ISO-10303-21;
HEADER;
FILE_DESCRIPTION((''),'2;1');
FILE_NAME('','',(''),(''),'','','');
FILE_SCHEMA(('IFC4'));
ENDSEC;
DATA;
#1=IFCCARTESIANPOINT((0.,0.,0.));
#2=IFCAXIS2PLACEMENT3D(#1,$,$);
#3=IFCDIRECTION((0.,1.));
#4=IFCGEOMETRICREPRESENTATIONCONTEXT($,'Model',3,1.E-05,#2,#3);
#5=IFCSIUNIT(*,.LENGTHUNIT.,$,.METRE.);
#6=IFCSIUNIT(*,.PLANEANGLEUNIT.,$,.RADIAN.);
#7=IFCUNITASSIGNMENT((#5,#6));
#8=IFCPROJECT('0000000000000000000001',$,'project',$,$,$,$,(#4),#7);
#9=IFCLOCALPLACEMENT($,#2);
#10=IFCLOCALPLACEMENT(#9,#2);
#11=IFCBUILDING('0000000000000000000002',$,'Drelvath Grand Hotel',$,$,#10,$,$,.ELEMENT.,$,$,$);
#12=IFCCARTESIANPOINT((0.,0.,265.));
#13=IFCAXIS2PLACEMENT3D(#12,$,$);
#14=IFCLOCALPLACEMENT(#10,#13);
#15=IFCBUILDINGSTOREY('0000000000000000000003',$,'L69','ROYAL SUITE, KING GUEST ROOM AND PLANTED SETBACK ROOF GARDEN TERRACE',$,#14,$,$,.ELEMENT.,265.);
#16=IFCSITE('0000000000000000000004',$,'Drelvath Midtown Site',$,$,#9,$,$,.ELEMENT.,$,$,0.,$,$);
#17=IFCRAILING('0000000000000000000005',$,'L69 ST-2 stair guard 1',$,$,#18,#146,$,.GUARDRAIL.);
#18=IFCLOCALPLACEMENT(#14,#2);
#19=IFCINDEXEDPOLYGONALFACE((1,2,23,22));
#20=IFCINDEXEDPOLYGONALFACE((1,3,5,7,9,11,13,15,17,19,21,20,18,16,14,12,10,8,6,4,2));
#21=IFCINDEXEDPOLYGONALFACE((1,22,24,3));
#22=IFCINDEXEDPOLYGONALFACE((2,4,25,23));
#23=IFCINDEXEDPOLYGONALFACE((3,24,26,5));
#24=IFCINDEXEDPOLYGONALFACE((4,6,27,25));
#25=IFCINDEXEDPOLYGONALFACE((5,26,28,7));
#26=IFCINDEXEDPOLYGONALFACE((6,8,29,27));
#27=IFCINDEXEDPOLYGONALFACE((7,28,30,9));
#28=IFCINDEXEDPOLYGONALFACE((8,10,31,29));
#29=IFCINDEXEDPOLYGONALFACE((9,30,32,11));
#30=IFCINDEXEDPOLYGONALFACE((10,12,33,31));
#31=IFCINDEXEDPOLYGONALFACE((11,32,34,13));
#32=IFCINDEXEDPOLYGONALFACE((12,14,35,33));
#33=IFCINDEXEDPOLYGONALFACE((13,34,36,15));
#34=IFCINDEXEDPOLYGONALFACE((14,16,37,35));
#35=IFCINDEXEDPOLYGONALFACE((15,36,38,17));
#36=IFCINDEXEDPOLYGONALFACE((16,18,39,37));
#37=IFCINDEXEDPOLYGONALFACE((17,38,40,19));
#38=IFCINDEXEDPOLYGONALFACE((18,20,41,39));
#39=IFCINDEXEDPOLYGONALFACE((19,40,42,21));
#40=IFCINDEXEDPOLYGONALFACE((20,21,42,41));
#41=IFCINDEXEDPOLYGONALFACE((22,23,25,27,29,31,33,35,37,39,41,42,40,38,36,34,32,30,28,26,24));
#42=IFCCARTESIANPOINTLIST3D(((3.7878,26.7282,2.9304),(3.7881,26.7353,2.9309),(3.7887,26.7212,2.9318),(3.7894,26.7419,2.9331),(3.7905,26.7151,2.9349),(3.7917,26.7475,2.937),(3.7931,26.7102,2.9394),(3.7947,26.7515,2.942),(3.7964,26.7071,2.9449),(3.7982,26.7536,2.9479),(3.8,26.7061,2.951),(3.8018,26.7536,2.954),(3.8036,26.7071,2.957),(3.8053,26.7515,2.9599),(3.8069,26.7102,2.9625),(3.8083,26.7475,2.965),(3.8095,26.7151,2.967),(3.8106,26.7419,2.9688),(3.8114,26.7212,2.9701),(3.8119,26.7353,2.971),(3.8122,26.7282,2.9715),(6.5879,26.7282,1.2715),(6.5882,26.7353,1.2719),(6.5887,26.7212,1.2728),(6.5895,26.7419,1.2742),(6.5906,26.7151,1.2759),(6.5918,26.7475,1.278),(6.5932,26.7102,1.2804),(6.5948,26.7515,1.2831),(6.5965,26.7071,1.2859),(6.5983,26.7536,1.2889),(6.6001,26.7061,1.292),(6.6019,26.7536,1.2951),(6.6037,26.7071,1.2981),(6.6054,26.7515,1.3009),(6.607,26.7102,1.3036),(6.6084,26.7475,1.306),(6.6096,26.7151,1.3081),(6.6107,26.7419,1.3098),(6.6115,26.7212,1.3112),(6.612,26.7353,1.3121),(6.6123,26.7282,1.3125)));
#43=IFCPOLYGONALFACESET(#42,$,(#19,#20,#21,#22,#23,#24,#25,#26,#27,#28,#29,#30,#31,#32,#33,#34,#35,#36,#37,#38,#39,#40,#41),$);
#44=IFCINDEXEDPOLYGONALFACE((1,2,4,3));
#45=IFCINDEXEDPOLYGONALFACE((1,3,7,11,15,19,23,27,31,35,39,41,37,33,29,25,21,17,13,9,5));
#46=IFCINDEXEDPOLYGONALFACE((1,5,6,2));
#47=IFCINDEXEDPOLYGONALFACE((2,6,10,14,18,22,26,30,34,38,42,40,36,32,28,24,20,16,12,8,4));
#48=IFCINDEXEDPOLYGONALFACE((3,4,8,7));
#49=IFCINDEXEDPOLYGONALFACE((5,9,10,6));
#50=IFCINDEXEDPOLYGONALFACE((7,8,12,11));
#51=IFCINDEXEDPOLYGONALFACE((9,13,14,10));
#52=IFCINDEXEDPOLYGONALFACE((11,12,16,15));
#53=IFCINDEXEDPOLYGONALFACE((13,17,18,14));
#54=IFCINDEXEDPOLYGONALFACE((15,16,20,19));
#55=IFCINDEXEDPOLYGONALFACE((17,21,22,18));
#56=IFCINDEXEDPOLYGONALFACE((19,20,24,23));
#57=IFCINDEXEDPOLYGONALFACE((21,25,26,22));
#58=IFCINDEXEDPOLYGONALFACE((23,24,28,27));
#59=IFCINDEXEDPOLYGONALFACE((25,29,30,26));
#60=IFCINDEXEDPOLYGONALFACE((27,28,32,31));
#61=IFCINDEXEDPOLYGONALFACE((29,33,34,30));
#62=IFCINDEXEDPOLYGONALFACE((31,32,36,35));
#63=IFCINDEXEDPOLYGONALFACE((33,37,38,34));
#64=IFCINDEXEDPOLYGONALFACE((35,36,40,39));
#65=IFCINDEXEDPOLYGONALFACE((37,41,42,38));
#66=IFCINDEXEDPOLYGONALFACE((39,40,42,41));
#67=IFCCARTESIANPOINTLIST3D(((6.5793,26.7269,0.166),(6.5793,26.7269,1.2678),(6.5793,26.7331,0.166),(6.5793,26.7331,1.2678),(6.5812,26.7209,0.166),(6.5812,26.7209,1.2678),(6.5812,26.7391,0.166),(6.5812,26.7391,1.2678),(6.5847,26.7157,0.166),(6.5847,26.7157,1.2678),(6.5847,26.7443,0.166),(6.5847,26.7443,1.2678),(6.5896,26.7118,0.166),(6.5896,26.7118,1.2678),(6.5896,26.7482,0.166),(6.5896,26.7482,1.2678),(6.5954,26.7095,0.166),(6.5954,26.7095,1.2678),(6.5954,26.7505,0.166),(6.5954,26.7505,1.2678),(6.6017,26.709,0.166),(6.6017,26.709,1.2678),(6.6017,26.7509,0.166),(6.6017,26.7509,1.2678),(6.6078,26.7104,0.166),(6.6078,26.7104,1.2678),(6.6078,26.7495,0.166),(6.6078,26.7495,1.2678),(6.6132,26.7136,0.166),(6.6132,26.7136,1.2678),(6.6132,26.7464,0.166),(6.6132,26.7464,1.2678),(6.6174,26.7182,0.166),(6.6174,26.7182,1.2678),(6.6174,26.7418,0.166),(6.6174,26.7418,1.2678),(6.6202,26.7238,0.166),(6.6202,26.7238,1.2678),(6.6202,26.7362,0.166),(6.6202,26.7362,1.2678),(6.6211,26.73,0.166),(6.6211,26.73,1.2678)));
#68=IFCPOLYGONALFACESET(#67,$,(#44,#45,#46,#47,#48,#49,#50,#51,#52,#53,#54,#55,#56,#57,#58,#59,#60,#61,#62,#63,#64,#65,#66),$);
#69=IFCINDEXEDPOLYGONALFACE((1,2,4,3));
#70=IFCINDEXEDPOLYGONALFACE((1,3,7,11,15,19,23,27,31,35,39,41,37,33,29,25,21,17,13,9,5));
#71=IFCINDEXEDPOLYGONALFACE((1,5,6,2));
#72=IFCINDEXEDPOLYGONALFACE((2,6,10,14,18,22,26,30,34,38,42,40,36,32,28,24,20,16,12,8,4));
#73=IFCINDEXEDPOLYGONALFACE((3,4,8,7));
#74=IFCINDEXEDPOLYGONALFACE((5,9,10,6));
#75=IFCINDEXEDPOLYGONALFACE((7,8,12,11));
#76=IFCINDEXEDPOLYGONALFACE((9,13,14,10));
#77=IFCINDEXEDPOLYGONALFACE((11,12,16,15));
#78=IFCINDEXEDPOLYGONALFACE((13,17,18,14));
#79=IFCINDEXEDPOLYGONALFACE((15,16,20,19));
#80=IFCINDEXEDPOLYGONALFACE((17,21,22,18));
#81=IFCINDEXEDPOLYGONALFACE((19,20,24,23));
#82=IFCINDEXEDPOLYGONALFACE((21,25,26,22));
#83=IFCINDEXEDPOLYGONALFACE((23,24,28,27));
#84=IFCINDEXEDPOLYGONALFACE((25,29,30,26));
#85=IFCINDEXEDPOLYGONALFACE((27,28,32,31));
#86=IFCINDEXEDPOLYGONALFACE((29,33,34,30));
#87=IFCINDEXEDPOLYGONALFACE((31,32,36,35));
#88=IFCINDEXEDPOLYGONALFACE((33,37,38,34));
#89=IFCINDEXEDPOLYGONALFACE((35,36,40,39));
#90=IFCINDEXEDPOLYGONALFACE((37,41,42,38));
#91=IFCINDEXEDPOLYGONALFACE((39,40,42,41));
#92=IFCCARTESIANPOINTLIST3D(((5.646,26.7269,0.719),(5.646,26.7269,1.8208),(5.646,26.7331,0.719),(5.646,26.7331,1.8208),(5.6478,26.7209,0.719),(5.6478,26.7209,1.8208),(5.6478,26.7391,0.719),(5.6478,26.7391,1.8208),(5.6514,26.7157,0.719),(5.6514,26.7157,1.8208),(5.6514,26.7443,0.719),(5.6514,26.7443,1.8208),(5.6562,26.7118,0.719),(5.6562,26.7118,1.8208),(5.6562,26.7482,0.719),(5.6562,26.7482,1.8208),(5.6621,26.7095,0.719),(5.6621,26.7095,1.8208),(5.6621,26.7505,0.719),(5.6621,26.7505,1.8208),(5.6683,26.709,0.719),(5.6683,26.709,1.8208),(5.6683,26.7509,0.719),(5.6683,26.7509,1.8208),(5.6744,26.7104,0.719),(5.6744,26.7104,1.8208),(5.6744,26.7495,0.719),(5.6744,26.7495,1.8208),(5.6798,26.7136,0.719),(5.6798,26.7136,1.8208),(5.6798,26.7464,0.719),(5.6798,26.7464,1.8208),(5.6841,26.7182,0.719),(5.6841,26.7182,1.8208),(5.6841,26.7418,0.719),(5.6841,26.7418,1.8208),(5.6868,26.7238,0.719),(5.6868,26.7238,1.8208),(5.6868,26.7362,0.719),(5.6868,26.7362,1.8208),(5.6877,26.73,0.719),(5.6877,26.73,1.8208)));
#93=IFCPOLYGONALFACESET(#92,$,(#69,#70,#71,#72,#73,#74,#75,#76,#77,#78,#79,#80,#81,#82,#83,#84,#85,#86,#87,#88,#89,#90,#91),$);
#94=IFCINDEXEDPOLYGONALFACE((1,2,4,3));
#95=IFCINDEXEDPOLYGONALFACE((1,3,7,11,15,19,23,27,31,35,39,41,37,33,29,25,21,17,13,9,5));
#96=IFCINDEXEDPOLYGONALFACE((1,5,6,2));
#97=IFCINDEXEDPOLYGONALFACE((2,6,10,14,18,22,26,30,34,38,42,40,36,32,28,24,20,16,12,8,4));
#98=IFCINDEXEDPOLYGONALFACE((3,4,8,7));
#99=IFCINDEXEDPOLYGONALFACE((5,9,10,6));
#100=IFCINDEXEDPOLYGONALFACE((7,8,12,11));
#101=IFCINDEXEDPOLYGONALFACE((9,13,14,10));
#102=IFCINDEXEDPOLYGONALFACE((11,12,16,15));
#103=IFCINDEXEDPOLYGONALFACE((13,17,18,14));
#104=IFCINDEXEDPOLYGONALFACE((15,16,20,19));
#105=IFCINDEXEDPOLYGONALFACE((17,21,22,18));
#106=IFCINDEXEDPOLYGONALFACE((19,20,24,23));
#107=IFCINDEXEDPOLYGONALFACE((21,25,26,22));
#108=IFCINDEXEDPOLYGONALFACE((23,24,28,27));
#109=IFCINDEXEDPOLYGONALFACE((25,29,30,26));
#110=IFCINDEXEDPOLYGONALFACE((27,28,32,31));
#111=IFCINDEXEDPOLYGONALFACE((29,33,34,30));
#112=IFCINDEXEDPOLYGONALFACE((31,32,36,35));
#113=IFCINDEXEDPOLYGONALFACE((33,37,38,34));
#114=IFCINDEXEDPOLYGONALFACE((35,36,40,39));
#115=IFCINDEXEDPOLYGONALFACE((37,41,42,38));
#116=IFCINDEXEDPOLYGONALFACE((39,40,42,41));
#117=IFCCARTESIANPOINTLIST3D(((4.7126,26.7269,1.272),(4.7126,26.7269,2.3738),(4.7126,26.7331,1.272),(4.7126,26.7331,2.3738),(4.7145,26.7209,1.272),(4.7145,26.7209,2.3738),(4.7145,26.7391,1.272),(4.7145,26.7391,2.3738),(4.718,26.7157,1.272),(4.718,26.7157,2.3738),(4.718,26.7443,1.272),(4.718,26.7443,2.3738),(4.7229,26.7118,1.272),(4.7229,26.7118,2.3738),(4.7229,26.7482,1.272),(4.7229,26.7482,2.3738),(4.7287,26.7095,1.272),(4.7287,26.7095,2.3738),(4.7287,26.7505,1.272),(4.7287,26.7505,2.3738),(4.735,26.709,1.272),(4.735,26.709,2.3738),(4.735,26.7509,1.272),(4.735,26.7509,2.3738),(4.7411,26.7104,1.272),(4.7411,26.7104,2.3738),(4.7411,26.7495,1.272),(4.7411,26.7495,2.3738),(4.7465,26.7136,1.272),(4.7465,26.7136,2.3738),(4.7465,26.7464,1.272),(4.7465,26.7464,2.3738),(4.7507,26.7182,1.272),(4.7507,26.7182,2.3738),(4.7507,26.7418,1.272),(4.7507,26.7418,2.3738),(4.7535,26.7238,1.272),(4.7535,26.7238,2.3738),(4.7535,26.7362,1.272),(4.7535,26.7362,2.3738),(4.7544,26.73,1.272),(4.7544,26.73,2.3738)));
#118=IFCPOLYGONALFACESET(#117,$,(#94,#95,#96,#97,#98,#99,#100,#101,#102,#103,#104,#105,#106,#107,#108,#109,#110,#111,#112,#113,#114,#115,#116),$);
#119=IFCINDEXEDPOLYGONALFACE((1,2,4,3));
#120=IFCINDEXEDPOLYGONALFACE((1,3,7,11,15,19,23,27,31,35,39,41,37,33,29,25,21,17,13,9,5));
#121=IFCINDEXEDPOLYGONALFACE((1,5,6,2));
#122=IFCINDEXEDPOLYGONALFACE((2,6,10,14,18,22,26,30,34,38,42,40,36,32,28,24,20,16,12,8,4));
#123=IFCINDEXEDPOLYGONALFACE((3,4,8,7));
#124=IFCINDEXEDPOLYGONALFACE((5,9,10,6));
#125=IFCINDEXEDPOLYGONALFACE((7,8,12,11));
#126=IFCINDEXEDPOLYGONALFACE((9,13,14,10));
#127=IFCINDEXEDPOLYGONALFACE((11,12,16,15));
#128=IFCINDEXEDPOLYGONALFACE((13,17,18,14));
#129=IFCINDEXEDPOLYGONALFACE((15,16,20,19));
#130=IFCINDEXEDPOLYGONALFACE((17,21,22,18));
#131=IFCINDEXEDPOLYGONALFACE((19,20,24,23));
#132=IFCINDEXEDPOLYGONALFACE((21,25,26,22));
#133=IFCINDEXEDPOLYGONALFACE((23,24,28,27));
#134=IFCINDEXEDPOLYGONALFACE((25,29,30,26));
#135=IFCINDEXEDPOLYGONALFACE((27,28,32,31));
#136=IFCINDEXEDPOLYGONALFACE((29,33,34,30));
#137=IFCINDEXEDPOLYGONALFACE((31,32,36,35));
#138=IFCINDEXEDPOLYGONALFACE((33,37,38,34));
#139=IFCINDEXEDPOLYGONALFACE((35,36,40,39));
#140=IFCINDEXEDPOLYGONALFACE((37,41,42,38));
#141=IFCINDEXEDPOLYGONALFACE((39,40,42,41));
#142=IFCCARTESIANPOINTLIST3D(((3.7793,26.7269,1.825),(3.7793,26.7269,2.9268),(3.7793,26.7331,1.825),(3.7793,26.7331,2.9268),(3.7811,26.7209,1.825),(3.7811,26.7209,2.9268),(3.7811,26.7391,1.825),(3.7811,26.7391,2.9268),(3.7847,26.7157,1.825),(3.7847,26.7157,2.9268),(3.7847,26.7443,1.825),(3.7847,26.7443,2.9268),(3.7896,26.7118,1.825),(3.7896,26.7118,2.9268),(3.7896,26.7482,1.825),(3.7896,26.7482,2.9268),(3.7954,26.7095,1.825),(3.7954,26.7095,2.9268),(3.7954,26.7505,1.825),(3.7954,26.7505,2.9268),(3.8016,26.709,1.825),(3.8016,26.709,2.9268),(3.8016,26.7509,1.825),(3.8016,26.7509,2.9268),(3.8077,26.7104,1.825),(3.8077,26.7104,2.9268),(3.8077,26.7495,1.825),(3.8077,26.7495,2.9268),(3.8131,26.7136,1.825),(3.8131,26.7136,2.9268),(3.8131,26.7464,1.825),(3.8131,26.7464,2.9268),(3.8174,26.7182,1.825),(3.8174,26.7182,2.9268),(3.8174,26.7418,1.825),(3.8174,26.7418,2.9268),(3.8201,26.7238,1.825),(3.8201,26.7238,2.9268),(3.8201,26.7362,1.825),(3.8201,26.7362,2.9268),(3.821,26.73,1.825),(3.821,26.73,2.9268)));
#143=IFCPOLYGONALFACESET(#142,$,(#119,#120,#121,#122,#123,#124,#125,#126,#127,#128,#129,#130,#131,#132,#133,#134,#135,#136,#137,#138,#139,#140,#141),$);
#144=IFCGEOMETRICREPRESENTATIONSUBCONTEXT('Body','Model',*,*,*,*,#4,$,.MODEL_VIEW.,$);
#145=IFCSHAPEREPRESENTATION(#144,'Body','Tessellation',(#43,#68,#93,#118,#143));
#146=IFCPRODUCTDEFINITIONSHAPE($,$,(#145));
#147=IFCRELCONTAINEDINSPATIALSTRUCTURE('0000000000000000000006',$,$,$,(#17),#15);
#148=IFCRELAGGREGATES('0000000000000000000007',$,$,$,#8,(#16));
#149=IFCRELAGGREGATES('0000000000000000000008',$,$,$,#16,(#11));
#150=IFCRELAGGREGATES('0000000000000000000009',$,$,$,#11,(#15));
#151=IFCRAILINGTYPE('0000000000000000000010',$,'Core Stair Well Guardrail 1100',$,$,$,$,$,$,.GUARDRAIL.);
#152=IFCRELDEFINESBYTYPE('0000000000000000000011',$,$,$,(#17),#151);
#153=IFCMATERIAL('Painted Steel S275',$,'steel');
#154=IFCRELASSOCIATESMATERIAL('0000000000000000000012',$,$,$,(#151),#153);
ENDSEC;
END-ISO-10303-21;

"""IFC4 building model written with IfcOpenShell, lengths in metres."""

from ifc_helpers import new_model, si_unit, direction, frame, origin, origin_2d, place, context, subcontext, project, spatial, circle, extrude, material, type_object, element, save


model = new_model("IFC4")

# Units and contexts
model_context = context("Model", 3, precision=1e-05, world=origin(), true_north=direction((0.0, 1.0)))
body_context = subcontext(model_context, "Body", "Model", "MODEL_VIEW")
ifc_project = project(units=[si_unit("LENGTHUNIT", "METRE"), si_unit("PLANEANGLEUNIT", "RADIAN")], contexts=[model_context])

# Site, building, storey
site_placement = place(None, origin())
site = spatial("IfcSite", under=ifc_project, at=site_placement, Name="Drelvath Midtown Site", CompositionType="ELEMENT", RefElevation=0.0)
building_placement = place(site_placement, origin())
building = spatial("IfcBuilding", under=site, at=building_placement, Name="Drelvath Grand Hotel", CompositionType="ELEMENT")
storey_placement = place(building_placement, frame((0.0, 0.0, 265.0)))
storey = spatial("IfcBuildingStorey", under=building, at=storey_placement, Name="L69", Description="ROYAL SUITE, KING GUEST ROOM AND PLANTED SETBACK ROOF GARDEN TERRACE", CompositionType="ELEMENT", Elevation=265.0)

# Railing
ifc_material_1 = material(Name="Painted Steel S275", Category="steel")
railing_type_1 = type_object("IfcRailingType", Name="Core Stair Well Guardrail 1100", PredefinedType="GUARDRAIL", material=ifc_material_1)
railing_1_placement = place(storey_placement, frame((6.6001, 26.73, 0.166)))
element("IfcRailing", 1, at=railing_1_placement, inside=storey, type_object=railing_type_1, Name="L69 ST-2 stair guard 1", PredefinedType="GUARDRAIL", context=body_context, shape_type="SweptSolid", body=[
    extrude(circle(Radius=0.0239, at=origin_2d()), frame((0.0, 0.0, 1.126), z_axis=(-0.860339, 0.0, 0.509722), x_axis=(0.0, -1.0, 0.0)), (0.0, 0.0, 1.0), 3.2546),
    extrude(circle(Radius=0.021, at=origin_2d()), origin(), (0.0, 0.0, 1.0), 1.1018),
    extrude(circle(Radius=0.021, at=origin_2d()), frame((-0.9333, 0.0, 0.553)), (0.0, 0.0, 1.0), 1.1018),
    extrude(circle(Radius=0.021, at=origin_2d()), frame((-1.8667, 0.0, 1.106)), (0.0, 0.0, 1.0), 1.1018),
    extrude(circle(Radius=0.021, at=origin_2d()), frame((-2.8, 0.0, 1.6589)), (0.0, 0.0, 1.0), 1.1018),
])

save(model, "model.ifc")
